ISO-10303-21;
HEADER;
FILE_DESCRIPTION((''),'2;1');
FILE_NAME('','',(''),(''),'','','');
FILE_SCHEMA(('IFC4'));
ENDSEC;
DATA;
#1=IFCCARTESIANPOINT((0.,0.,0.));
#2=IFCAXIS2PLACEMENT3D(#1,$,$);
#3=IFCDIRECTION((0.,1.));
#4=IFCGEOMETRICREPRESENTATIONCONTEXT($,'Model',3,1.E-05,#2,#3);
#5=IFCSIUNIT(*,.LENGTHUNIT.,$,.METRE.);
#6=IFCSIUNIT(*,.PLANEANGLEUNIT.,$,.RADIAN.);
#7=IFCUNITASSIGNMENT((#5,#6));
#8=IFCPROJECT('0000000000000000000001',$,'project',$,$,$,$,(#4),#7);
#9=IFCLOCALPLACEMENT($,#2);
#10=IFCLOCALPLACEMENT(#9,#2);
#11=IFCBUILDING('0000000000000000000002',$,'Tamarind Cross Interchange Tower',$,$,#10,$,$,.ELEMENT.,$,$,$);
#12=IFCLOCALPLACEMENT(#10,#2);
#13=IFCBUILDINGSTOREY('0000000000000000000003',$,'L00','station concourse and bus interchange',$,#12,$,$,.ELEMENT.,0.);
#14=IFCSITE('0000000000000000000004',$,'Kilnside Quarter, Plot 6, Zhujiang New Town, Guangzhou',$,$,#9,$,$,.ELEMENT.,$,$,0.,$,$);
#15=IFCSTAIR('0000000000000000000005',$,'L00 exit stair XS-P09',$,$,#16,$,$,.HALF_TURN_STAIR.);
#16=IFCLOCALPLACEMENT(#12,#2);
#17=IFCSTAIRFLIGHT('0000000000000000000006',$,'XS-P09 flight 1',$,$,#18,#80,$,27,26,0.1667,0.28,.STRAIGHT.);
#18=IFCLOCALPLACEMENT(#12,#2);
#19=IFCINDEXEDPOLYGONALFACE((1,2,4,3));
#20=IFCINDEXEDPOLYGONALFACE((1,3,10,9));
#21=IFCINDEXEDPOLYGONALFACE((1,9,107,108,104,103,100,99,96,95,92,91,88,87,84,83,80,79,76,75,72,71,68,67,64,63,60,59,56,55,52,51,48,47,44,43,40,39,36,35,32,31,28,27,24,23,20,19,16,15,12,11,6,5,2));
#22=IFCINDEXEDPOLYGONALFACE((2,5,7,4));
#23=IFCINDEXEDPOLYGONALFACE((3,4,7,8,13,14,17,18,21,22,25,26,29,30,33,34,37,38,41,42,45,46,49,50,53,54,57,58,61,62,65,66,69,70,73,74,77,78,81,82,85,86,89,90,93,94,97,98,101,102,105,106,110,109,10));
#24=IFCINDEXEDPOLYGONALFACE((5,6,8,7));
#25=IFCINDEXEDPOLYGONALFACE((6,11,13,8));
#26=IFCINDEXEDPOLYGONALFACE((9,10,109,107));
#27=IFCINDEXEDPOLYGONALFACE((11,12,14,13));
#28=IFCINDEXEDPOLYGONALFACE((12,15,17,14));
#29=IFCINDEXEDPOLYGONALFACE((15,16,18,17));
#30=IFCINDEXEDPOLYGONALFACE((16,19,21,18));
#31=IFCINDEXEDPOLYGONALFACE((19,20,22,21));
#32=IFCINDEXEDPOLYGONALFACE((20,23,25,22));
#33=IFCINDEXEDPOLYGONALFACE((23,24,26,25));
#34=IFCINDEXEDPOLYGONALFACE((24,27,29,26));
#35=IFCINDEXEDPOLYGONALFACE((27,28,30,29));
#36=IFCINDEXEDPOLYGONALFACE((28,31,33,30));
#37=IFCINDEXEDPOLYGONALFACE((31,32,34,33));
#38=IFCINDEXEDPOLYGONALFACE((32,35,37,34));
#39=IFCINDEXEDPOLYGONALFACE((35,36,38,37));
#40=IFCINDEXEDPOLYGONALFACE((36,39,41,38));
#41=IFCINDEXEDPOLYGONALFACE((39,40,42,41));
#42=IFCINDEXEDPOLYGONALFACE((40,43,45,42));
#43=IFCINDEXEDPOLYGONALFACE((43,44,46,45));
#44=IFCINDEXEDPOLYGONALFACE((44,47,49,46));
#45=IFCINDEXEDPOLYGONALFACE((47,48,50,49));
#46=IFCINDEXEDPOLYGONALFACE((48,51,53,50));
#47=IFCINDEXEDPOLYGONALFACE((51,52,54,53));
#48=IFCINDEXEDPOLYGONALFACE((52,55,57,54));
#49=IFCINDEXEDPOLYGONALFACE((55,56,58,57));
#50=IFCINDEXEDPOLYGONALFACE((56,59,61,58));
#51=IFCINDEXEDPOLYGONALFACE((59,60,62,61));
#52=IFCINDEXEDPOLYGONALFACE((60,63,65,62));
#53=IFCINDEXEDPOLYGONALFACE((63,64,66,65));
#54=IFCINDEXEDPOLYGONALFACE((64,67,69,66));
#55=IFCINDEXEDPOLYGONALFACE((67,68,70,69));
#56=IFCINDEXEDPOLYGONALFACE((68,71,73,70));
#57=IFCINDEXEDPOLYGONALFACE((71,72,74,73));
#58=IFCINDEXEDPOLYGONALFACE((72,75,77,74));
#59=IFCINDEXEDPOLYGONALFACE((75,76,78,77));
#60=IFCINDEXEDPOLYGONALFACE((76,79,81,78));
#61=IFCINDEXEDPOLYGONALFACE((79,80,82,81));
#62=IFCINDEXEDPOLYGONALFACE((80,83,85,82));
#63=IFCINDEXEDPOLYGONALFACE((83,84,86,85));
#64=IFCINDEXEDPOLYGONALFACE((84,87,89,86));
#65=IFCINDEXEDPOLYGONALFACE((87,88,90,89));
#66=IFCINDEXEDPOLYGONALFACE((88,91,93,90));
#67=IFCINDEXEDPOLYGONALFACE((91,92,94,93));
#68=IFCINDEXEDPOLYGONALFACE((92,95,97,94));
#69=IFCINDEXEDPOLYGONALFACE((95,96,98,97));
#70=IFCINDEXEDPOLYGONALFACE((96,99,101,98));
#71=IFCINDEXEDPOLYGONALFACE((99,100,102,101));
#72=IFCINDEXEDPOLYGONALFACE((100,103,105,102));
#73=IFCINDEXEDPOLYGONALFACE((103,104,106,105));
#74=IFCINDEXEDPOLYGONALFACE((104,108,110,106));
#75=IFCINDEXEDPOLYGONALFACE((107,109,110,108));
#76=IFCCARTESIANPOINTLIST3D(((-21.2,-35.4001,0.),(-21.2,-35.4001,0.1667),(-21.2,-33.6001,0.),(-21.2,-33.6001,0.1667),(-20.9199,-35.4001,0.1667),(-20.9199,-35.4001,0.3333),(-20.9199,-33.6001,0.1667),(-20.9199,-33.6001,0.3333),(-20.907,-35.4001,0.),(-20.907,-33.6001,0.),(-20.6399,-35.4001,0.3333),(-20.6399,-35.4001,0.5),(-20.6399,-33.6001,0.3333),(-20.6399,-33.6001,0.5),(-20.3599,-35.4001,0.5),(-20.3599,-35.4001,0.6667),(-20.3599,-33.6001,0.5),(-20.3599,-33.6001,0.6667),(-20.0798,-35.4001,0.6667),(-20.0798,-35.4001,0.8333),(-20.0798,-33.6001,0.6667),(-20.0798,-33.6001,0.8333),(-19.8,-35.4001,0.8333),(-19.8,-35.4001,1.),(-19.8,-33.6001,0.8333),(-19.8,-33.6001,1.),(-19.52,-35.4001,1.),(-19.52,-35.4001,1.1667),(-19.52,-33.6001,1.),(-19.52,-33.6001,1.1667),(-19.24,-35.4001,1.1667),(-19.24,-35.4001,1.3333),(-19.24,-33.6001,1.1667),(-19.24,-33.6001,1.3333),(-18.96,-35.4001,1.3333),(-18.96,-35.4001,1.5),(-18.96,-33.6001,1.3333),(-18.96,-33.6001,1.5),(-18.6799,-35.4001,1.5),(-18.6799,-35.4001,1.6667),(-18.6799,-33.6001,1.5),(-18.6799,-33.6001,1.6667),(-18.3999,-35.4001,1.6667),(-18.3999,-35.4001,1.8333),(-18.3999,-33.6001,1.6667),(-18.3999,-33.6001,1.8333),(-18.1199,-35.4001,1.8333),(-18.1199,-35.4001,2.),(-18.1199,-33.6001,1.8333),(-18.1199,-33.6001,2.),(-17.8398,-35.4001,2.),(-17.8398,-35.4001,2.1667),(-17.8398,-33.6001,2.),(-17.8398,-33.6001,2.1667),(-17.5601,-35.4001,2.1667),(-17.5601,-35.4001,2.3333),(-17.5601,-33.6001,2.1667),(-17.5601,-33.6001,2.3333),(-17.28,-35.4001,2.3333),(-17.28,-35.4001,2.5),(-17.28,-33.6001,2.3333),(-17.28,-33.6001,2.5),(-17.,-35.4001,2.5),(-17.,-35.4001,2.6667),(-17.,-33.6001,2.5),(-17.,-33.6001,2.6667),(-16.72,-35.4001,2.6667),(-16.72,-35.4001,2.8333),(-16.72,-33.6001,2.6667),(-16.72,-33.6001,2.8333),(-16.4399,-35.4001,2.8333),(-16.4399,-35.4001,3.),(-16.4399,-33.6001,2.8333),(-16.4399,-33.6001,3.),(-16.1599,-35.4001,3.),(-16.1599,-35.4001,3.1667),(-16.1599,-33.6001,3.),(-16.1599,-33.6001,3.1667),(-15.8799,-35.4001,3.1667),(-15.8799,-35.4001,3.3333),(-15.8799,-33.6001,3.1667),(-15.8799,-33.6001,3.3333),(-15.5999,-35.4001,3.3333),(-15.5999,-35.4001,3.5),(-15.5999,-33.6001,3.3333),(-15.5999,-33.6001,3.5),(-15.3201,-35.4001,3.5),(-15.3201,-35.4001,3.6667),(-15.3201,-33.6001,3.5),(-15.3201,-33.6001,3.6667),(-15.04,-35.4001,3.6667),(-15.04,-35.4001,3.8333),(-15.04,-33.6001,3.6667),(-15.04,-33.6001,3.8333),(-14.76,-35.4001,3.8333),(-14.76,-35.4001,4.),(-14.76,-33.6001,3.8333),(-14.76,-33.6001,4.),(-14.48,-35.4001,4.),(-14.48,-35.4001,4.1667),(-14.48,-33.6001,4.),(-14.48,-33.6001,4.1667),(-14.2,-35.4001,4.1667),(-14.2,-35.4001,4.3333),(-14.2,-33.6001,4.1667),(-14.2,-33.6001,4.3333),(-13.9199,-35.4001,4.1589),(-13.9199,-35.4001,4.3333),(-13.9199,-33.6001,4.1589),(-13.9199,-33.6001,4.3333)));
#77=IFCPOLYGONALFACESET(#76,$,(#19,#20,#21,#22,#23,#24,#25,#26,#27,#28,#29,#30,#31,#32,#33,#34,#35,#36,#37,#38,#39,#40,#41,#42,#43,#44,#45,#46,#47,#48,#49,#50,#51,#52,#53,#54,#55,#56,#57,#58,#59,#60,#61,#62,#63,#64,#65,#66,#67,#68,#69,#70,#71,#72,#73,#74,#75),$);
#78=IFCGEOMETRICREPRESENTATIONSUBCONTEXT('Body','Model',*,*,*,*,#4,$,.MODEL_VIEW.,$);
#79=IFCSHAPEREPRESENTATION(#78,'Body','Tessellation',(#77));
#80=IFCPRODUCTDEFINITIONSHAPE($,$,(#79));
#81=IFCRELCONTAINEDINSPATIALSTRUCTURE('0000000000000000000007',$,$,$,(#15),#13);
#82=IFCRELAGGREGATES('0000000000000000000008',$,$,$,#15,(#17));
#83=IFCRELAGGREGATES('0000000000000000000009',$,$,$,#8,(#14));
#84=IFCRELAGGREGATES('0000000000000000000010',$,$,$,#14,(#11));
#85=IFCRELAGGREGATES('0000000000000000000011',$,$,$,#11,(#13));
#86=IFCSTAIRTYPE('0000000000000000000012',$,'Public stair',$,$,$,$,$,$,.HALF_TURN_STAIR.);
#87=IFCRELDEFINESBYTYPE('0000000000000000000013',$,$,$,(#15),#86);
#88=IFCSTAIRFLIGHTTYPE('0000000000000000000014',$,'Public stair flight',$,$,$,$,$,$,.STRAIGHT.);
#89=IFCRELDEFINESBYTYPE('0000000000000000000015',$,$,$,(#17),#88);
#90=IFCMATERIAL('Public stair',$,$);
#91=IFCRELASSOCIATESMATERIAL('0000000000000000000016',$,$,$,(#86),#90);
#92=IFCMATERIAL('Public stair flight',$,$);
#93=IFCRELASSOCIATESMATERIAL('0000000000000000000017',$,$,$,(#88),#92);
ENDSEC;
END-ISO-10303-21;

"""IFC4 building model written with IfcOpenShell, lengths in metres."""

from ifc_helpers import new_model, si_unit, direction, frame, origin, place, context, subcontext, project, spatial, polyline, outline, extrude, material, type_object, element, aggregate, save


model = new_model("IFC4")

# Units and contexts
model_context = context("Model", 3, precision=1e-05, world=origin(), true_north=direction((0.0, 1.0)))
body_context = subcontext(model_context, "Body", "Model", "MODEL_VIEW")
ifc_project = project(units=[si_unit("LENGTHUNIT", "METRE"), si_unit("PLANEANGLEUNIT", "RADIAN")], contexts=[model_context])

# Site, building, storey
site_placement = place(None, origin())
site = spatial("IfcSite", under=ifc_project, at=site_placement, Name="Kilnside Quarter, Plot 6, Zhujiang New Town, Guangzhou", CompositionType="ELEMENT", RefElevation=0.0)
building_placement = place(site_placement, origin())
building = spatial("IfcBuilding", under=site, at=building_placement, Name="Tamarind Cross Interchange Tower", CompositionType="ELEMENT")
storey_placement = place(building_placement, origin())
storey = spatial("IfcBuildingStorey", under=building, at=storey_placement, Name="L00", Description="station concourse and bus interchange", CompositionType="ELEMENT", Elevation=0.0)

# Stair, stair flight
ifc_material_1 = material(Name="Public stair")
stair_type = type_object("IfcStairType", Name="Public stair", PredefinedType="HALF_TURN_STAIR", material=ifc_material_1)
stair_placement = place(storey_placement, origin())
stair = element("IfcStair", 1, at=stair_placement, inside=storey, type_object=stair_type, Name="L00 exit stair XS-P09", PredefinedType="HALF_TURN_STAIR")
ifc_material_2 = material(Name="Public stair flight")
stair_flight_type = type_object("IfcStairFlightType", Name="Public stair flight", PredefinedType="STRAIGHT", material=ifc_material_2)
stair_flight_placement = place(storey_placement, frame((-21.2, -34.5, 0.0), z_axis=(0.0, 0.0, 1.0), x_axis=(1.0, 0.0, 0.0)))
stair_flight = element("IfcStairFlight", 2, at=stair_flight_placement, type_object=stair_flight_type, Name="XS-P09 flight 1", NumberOfRisers=27, NumberOfTreads=26, PredefinedType="STRAIGHT", RiserHeight=0.1667, TreadLength=0.28, context=body_context, shape_type="SweptSolid", body=[
    extrude(outline(polyline([(0.0, 0.0), (0.0, 0.1667), (0.28, 0.1667), (0.28, 0.3333), (0.5601, 0.3333), (0.5601, 0.5), (0.8401, 0.5), (0.8401, 0.6667), (1.1201, 0.6667), (1.1201, 0.8333), (1.3999, 0.8333), (1.3999, 1.0), (1.6799, 1.0), (1.6799, 1.1667), (1.96, 1.1667), (1.96, 1.3333), (2.24, 1.3333), (2.24, 1.5), (2.52, 1.5), (2.52, 1.6667), (2.8, 1.6667), (2.8, 1.8333), (3.0801, 1.8333), (3.0801, 2.0), (3.3601, 2.0), (3.3601, 2.1667), (3.6399, 2.1667), (3.6399, 2.3333), (3.9199, 2.3333), (3.9199, 2.5), (4.2, 2.5), (4.2, 2.6667), (4.48, 2.6667), (4.48, 2.8333), (4.76, 2.8333), (4.76, 3.0), (5.04, 3.0), (5.04, 3.1667), (5.3201, 3.1667), (5.3201, 3.3333), (5.6001, 3.3333), (5.6001, 3.5), (5.8799, 3.5), (5.8799, 3.6667), (6.1599, 3.6667), (6.1599, 3.8333), (6.4399, 3.8333), (6.4399, 4.0), (6.72, 4.0), (6.72, 4.1667), (7.0, 4.1667), (7.0, 4.3333), (7.28, 4.3333), (7.28, 4.5), (7.28, 4.1589), (0.293, 0.0), (0.0, 0.0)])), frame((0.0, 0.8999, 0.0), z_axis=(0.0, -1.0, 0.0), x_axis=(1.0, 0.0, 0.0)), (0.0, 0.0, 1.0), 1.8),
])
aggregate(stair, [stair_flight])

save(model, "model.ifc")
